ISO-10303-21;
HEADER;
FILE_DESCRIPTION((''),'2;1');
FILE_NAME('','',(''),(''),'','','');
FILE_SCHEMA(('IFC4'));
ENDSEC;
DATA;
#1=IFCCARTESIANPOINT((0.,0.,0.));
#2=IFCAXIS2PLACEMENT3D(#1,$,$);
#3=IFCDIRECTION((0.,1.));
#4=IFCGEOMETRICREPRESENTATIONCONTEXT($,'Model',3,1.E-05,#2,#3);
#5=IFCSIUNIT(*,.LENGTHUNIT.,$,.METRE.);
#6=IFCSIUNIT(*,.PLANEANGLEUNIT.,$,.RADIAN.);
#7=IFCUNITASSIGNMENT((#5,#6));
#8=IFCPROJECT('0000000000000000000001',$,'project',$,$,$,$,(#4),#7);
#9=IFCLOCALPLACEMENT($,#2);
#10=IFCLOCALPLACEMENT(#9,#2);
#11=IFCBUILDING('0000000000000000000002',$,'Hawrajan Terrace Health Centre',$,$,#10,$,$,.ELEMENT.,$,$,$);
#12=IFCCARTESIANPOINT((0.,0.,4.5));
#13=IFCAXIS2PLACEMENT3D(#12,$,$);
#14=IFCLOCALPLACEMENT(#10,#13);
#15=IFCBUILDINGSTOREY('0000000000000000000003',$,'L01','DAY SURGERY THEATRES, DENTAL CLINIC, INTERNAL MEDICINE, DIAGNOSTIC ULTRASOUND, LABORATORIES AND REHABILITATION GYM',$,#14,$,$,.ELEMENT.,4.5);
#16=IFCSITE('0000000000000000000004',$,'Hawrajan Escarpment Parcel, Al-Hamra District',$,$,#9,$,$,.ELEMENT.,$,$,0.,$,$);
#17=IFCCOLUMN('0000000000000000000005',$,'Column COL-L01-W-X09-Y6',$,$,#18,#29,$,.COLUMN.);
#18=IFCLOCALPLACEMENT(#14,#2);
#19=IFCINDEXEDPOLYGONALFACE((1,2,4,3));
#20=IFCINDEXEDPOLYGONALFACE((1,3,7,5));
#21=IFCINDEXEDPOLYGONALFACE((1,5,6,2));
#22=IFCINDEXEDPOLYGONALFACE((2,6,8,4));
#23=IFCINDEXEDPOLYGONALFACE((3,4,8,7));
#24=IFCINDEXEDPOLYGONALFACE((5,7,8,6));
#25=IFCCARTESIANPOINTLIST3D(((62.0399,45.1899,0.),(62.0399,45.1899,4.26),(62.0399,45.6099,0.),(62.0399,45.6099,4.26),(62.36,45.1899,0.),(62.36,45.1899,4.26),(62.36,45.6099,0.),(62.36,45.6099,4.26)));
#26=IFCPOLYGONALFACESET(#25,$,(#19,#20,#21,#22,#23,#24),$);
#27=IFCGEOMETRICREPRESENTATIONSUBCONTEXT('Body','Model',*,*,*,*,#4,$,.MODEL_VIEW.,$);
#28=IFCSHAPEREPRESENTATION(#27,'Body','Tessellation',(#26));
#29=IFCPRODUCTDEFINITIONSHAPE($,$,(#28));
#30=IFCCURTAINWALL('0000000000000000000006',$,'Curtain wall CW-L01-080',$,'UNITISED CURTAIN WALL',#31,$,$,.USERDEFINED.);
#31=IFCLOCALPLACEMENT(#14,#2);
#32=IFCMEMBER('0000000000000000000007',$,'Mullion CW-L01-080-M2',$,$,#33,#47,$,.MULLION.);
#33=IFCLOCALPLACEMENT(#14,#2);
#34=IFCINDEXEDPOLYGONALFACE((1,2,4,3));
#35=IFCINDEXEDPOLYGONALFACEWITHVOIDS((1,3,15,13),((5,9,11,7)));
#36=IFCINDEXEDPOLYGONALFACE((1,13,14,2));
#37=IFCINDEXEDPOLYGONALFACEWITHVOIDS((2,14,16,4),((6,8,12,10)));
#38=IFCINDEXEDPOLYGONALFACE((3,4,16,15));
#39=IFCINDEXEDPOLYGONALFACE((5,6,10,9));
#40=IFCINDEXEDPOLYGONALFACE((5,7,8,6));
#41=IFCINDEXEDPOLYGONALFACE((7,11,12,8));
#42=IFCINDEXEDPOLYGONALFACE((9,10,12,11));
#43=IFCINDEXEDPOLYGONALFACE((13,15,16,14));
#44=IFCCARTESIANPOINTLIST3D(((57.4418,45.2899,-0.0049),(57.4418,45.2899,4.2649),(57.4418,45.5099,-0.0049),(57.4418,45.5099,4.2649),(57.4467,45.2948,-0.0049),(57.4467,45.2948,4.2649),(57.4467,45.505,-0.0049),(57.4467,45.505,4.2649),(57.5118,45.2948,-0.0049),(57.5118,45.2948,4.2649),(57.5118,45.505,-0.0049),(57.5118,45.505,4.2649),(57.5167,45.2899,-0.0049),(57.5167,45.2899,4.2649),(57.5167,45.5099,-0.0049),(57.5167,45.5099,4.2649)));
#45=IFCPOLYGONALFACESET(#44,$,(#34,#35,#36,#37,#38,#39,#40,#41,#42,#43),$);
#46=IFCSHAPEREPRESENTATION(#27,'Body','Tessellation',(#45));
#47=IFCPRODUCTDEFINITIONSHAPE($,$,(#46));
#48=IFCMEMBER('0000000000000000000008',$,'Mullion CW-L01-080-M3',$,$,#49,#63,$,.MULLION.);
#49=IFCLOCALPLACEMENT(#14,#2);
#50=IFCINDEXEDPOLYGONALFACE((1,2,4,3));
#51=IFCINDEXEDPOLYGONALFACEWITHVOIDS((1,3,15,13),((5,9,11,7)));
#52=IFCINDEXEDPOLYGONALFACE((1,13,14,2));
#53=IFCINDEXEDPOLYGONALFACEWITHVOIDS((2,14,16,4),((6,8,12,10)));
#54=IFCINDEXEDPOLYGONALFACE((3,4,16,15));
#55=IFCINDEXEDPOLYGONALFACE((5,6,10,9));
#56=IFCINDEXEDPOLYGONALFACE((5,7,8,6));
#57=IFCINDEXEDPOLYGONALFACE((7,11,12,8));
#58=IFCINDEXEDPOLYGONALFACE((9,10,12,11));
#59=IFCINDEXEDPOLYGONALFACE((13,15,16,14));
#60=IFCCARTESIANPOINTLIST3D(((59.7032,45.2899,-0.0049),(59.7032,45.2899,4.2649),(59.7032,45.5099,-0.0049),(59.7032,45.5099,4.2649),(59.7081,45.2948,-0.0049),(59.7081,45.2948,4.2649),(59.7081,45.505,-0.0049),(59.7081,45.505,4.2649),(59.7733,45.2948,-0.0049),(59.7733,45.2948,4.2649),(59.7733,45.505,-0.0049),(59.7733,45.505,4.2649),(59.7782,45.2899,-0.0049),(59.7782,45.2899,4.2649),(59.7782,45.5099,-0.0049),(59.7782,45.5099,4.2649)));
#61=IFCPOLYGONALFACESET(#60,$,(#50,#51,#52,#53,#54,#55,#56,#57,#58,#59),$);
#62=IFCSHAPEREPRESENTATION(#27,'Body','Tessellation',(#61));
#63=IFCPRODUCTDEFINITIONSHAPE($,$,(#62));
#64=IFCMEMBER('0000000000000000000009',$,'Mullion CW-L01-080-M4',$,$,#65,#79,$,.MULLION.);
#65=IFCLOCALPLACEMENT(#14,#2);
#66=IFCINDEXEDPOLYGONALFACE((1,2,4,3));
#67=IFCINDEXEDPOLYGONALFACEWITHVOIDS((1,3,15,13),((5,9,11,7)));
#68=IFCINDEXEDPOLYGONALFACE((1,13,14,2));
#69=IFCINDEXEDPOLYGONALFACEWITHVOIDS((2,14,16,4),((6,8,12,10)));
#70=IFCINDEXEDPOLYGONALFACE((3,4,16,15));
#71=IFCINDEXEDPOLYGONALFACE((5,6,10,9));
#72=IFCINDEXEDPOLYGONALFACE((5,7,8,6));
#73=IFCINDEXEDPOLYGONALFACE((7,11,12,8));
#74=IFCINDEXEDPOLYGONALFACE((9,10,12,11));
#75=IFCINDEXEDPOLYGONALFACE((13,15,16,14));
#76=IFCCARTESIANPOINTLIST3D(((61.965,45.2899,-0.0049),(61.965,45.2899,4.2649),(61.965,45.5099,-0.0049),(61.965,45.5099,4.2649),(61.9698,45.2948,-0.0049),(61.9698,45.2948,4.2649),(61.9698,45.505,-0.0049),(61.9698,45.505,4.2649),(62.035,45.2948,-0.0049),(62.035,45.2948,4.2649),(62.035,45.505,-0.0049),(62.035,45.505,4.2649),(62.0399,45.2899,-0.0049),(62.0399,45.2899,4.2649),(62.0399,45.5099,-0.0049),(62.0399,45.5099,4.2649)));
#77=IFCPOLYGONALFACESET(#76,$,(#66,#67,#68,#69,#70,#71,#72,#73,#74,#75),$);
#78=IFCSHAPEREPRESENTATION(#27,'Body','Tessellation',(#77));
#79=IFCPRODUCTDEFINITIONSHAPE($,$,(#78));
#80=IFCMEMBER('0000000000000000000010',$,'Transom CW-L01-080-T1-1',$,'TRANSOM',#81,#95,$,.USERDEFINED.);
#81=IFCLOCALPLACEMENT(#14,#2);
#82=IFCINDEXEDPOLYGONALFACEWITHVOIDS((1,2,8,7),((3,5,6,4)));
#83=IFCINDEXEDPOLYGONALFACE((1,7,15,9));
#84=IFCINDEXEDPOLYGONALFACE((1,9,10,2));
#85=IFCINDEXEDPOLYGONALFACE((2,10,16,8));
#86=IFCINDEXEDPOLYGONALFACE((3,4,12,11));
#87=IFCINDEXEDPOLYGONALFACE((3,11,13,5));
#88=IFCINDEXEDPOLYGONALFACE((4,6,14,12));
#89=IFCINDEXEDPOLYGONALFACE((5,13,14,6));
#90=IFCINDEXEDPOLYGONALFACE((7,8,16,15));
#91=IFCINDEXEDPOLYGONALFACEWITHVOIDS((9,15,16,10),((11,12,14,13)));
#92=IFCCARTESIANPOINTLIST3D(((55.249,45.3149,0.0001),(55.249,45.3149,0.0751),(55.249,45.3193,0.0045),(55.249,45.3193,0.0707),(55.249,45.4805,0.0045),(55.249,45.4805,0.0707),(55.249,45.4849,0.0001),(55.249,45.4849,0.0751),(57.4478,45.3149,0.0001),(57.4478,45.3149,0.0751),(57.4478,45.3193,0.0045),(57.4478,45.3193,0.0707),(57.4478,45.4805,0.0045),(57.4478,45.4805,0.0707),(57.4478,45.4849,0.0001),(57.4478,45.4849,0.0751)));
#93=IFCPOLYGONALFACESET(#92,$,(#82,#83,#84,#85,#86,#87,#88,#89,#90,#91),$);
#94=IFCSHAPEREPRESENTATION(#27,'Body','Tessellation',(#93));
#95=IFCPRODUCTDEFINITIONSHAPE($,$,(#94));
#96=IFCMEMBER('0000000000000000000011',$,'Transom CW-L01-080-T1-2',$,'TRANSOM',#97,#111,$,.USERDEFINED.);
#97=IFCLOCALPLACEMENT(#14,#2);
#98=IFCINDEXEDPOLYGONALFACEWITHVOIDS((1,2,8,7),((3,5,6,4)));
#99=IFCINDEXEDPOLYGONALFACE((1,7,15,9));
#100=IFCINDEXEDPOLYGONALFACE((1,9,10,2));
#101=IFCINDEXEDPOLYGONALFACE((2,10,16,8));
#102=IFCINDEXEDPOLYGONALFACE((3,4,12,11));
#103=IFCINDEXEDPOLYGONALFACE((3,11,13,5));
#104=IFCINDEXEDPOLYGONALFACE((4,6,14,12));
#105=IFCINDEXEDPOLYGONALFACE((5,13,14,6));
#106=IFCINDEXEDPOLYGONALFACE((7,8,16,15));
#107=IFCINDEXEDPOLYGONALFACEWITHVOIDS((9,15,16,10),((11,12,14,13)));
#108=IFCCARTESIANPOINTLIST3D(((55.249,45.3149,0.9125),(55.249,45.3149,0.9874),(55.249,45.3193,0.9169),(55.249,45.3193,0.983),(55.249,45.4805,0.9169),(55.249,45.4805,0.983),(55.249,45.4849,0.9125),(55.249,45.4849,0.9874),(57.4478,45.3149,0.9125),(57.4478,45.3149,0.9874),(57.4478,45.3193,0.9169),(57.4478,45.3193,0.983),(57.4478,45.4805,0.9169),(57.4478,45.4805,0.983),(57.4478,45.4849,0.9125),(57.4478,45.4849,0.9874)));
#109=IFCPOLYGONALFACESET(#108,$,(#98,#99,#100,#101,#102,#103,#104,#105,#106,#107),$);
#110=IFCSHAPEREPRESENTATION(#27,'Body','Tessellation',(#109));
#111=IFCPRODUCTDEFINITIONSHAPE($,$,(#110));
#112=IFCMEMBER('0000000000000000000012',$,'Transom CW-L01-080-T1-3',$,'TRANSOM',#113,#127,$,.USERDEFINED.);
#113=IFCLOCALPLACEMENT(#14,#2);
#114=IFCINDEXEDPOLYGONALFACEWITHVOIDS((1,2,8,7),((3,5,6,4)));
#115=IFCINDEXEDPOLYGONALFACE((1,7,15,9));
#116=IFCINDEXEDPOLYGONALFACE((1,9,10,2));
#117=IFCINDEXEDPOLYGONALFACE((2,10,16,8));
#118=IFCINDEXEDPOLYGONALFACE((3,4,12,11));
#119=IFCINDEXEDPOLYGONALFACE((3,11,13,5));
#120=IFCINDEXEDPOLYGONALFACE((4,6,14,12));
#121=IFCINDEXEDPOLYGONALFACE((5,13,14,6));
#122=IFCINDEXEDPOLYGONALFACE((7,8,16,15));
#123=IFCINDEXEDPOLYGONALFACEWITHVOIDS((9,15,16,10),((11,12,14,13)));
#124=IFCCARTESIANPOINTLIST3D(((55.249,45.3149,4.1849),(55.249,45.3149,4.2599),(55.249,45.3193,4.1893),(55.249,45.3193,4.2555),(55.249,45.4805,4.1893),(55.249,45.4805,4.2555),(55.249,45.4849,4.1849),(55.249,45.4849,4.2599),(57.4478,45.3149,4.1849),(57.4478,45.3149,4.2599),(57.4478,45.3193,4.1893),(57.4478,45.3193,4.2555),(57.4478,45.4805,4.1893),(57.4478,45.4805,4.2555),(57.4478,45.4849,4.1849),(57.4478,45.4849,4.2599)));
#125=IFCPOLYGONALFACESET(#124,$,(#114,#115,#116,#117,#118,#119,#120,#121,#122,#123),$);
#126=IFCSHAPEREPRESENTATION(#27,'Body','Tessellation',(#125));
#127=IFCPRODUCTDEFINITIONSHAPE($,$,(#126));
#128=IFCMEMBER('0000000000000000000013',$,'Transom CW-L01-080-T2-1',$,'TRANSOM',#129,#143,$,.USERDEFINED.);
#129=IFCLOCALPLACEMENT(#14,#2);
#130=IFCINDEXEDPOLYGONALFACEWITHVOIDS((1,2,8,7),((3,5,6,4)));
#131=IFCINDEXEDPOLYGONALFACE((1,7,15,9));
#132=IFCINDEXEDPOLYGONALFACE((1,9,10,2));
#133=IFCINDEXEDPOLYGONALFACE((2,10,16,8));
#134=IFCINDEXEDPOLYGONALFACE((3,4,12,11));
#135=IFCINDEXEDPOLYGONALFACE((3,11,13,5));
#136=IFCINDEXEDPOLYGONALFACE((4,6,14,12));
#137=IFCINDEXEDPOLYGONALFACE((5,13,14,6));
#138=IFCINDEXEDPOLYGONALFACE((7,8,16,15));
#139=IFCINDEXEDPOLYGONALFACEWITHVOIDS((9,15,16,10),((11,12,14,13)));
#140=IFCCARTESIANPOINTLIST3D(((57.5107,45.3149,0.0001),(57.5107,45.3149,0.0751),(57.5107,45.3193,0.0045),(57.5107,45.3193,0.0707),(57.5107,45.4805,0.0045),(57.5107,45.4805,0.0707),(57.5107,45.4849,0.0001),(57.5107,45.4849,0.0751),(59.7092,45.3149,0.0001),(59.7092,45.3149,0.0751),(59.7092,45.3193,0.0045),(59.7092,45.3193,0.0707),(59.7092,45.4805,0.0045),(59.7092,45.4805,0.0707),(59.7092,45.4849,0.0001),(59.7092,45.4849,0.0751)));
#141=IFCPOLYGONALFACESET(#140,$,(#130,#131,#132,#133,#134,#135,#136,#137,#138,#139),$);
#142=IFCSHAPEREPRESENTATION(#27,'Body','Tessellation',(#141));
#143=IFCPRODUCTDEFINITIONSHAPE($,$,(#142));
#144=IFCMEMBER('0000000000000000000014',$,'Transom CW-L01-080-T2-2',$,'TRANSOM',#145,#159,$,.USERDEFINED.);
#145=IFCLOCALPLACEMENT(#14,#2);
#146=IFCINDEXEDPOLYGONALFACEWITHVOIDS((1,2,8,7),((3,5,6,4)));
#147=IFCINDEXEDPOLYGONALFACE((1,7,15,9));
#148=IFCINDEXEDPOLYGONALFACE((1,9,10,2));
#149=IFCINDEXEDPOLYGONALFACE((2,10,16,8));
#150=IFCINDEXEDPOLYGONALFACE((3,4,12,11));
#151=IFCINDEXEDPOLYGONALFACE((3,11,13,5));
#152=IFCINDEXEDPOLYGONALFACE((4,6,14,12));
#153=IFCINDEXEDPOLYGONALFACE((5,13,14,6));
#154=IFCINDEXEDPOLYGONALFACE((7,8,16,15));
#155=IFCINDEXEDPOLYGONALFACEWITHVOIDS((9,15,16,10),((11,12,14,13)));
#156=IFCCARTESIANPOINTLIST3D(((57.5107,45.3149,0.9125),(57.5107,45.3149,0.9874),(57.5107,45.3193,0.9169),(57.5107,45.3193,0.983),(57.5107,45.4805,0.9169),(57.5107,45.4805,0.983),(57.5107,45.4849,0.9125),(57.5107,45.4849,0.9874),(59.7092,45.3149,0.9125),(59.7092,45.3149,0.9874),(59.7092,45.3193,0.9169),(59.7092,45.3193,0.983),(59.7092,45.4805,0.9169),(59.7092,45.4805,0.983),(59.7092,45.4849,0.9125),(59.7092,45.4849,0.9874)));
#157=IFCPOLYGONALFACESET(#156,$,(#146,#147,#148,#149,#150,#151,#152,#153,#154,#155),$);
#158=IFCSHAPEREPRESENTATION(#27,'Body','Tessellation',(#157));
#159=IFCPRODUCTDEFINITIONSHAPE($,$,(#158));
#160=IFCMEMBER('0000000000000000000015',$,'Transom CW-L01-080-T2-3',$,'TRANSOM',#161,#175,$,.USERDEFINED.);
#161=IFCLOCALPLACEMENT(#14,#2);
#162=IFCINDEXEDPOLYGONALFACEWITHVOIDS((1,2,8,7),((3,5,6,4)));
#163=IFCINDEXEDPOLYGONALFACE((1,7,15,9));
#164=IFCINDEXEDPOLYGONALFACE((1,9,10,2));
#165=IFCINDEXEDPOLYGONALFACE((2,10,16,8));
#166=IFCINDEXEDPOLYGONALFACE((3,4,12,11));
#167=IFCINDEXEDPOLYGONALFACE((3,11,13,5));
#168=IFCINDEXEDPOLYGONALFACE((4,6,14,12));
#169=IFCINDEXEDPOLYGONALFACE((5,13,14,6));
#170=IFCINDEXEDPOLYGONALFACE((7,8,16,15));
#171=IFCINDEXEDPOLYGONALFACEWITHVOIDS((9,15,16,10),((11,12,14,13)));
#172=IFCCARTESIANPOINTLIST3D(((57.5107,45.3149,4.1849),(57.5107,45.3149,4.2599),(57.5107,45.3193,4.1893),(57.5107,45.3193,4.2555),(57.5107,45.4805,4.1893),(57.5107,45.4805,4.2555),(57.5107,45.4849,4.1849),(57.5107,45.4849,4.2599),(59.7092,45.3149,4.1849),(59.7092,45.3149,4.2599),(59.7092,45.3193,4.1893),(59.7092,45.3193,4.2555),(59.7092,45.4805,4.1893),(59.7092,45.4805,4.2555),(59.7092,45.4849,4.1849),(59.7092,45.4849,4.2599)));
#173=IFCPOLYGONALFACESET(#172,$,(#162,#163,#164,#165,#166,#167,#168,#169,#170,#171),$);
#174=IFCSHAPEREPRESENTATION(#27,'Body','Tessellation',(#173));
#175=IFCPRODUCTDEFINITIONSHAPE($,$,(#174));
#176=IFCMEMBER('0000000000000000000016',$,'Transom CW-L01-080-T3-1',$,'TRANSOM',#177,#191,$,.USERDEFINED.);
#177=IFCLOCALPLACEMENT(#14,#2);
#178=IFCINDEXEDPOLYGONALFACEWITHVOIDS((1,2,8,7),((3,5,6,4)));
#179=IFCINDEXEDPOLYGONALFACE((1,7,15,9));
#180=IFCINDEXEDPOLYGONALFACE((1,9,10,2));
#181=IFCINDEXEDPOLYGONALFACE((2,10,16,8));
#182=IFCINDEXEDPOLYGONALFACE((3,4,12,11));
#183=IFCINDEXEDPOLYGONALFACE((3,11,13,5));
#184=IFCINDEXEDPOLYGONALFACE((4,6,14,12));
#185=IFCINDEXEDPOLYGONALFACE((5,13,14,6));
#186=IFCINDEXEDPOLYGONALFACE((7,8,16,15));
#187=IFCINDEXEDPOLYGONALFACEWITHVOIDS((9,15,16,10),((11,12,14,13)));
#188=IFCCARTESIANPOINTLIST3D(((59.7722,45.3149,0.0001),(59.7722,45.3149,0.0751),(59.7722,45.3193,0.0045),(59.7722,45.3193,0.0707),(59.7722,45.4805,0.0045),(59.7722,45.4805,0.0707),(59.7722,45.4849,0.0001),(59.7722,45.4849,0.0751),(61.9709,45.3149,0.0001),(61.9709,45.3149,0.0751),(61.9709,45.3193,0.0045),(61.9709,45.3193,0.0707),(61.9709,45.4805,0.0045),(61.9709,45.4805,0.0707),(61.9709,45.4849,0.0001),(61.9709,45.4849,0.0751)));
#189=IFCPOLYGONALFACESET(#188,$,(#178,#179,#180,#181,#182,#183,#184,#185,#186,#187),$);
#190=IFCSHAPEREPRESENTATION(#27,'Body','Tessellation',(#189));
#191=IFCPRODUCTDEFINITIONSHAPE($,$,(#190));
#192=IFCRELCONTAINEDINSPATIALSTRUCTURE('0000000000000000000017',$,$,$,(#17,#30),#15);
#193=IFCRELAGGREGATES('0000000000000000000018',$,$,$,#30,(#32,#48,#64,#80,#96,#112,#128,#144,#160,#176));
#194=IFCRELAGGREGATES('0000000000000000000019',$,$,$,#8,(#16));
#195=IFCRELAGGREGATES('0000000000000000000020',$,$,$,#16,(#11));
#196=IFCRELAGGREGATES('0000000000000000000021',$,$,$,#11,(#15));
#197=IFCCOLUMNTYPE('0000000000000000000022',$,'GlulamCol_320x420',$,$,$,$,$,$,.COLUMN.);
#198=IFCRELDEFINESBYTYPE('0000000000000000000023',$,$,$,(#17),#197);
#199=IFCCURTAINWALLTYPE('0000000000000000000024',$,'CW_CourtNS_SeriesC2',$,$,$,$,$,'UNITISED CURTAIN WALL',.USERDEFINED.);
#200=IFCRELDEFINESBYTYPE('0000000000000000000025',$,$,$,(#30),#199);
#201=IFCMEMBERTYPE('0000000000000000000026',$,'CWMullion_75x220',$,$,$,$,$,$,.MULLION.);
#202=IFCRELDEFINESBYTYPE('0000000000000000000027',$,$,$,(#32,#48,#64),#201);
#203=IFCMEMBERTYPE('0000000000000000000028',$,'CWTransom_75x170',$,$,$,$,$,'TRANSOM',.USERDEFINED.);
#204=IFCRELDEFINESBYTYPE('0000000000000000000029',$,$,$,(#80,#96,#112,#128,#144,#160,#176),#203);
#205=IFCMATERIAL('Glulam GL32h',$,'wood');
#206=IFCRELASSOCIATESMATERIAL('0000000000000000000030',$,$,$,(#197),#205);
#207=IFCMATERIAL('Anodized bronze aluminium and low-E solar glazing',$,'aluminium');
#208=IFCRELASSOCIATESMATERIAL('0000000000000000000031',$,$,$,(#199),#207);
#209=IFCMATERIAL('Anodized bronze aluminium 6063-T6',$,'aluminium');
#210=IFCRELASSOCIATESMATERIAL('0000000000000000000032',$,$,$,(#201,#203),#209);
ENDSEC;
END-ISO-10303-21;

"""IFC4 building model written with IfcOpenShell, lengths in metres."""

from ifc_helpers import new_model, si_unit, direction, frame, origin, origin_2d, place, context, subcontext, project, spatial, rectangle, hollow_rectangle, extrude, material, material_profile, profile_set, type_object, element, aggregate, save


model = new_model("IFC4")

# Units and contexts
model_context = context("Model", 3, precision=1e-05, world=origin(), true_north=direction((0.0, 1.0)))
body_context = subcontext(model_context, "Body", "Model", "MODEL_VIEW")
ifc_project = project(units=[si_unit("LENGTHUNIT", "METRE"), si_unit("PLANEANGLEUNIT", "RADIAN")], contexts=[model_context])

# Site, building, storey
site_placement = place(None, origin())
site = spatial("IfcSite", under=ifc_project, at=site_placement, Name="Hawrajan Escarpment Parcel, Al-Hamra District", CompositionType="ELEMENT", RefElevation=0.0)
building_placement = place(site_placement, origin())
building = spatial("IfcBuilding", under=site, at=building_placement, Name="Hawrajan Terrace Health Centre", CompositionType="ELEMENT")
storey_placement = place(building_placement, frame((0.0, 0.0, 4.5)))
storey = spatial("IfcBuildingStorey", under=building, at=storey_placement, Name="L01", Description="DAY SURGERY THEATRES, DENTAL CLINIC, INTERNAL MEDICINE, DIAGNOSTIC ULTRASOUND, LABORATORIES AND REHABILITATION GYM", CompositionType="ELEMENT", Elevation=4.5)

# Column
ifc_material_1 = material(Name="Glulam GL32h", Category="wood")
ifc_material_profile_1 = material_profile(ifc_material_1, rectangle(XDim=0.3201, YDim=0.4199, at=origin_2d()), Name="GL 320x420")
ifc_profile_set_1 = profile_set([ifc_material_profile_1], Name="Glulam GL32h")
column_type = type_object("IfcColumnType", Name="GlulamCol_320x420", PredefinedType="COLUMN", material=ifc_profile_set_1)
column_placement = place(storey_placement, frame((62.2, 45.3999, 0.0), z_axis=(0.0, 0.0, 1.0), x_axis=(1.0, 0.0, 0.0)))
element("IfcColumn", 1, at=column_placement, inside=storey, type_object=column_type, Name="Column COL-L01-W-X09-Y6", PredefinedType="COLUMN", context=body_context, shape_type="SweptSolid", body=[
    extrude(rectangle(XDim=0.3201, YDim=0.4199, at=origin_2d()), origin(), (0.0, 0.0, 1.0), 4.26),
])

# Curtain wall, members
ifc_material_2 = material(Name="Anodized bronze aluminium and low-E solar glazing", Category="aluminium")
curtain_wall_type = type_object("IfcCurtainWallType", Name="CW_CourtNS_SeriesC2", ElementType="UNITISED CURTAIN WALL", PredefinedType="USERDEFINED", material=ifc_material_2)
curtain_wall_placement = place(storey_placement, origin())
curtain_wall = element("IfcCurtainWall", 2, at=curtain_wall_placement, inside=storey, type_object=curtain_wall_type, Name="Curtain wall CW-L01-080", ObjectType="UNITISED CURTAIN WALL", PredefinedType="USERDEFINED")
ifc_material_3 = material(Name="Anodized bronze aluminium 6063-T6", Category="aluminium")
ifc_material_profile_2 = material_profile(ifc_material_3, hollow_rectangle(XDim=0.075, YDim=0.22, WallThickness=0.0049, at=origin_2d()), Name="CW MUL 75x220")
ifc_profile_set_2 = profile_set([ifc_material_profile_2], Name="Anodized bronze aluminium 6063-T6")
member_type_1 = type_object("IfcMemberType", Name="CWMullion_75x220", PredefinedType="MULLION", material=ifc_profile_set_2)
member_1_placement = place(storey_placement, frame((57.4792, 45.3999, -0.0049), z_axis=(0.0, 0.0, 1.0), x_axis=(1.0, 0.0, 0.0)))
member_1 = element("IfcMember", 3, at=member_1_placement, type_object=member_type_1, Name="Mullion CW-L01-080-M2", PredefinedType="MULLION", context=body_context, shape_type="SweptSolid", body=[
    extrude(hollow_rectangle(XDim=0.075, YDim=0.22, WallThickness=0.0049, at=origin_2d()), origin(), (0.0, 0.0, 1.0), 4.2698),
])
member_2_placement = place(storey_placement, frame((59.7407, 45.3999, -0.0049), z_axis=(0.0, 0.0, 1.0), x_axis=(1.0, 0.0, 0.0)))
member_2 = element("IfcMember", 4, at=member_2_placement, type_object=member_type_1, Name="Mullion CW-L01-080-M3", PredefinedType="MULLION", context=body_context, shape_type="SweptSolid", body=[
    extrude(hollow_rectangle(XDim=0.075, YDim=0.22, WallThickness=0.0049, at=origin_2d()), origin(), (0.0, 0.0, 1.0), 4.2698),
])
member_3_placement = place(storey_placement, frame((62.0024, 45.3999, -0.0049), z_axis=(0.0, 0.0, 1.0), x_axis=(1.0, 0.0, 0.0)))
member_3 = element("IfcMember", 5, at=member_3_placement, type_object=member_type_1, Name="Mullion CW-L01-080-M4", PredefinedType="MULLION", context=body_context, shape_type="SweptSolid", body=[
    extrude(hollow_rectangle(XDim=0.075, YDim=0.22, WallThickness=0.0049, at=origin_2d()), origin(), (0.0, 0.0, 1.0), 4.2698),
])
ifc_material_profile_3 = material_profile(ifc_material_3, hollow_rectangle(XDim=0.075, YDim=0.1699, WallThickness=0.0044, at=origin_2d()), Name="CW TRN 75x170")
ifc_profile_set_3 = profile_set([ifc_material_profile_3], Name="Anodized bronze aluminium 6063-T6")
member_type_2 = type_object("IfcMemberType", Name="CWTransom_75x170", ElementType="TRANSOM", PredefinedType="USERDEFINED", material=ifc_profile_set_3)
member_4_placement = place(storey_placement, frame((55.249, 45.3999, 0.0376), z_axis=(1.0, 0.0, 0.0), x_axis=(0.0, 0.0, 1.0)))
member_4 = element("IfcMember", 6, at=member_4_placement, type_object=member_type_2, Name="Transom CW-L01-080-T1-1", ObjectType="TRANSOM", PredefinedType="USERDEFINED", context=body_context, shape_type="SweptSolid", body=[
    extrude(hollow_rectangle(XDim=0.075, YDim=0.1699, WallThickness=0.0044, at=origin_2d()), origin(), (0.0, 0.0, 1.0), 2.1987),
])
member_5_placement = place(storey_placement, frame((55.249, 45.3999, 0.95), z_axis=(1.0, 0.0, 0.0), x_axis=(0.0, 0.0, 1.0)))
member_5 = element("IfcMember", 7, at=member_5_placement, type_object=member_type_2, Name="Transom CW-L01-080-T1-2", ObjectType="TRANSOM", PredefinedType="USERDEFINED", context=body_context, shape_type="SweptSolid", body=[
    extrude(hollow_rectangle(XDim=0.075, YDim=0.1699, WallThickness=0.0044, at=origin_2d()), origin(), (0.0, 0.0, 1.0), 2.1987),
])
member_6_placement = place(storey_placement, frame((55.249, 45.3999, 4.2224), z_axis=(1.0, 0.0, 0.0), x_axis=(0.0, 0.0, 1.0)))
member_6 = element("IfcMember", 8, at=member_6_placement, type_object=member_type_2, Name="Transom CW-L01-080-T1-3", ObjectType="TRANSOM", PredefinedType="USERDEFINED", context=body_context, shape_type="SweptSolid", body=[
    extrude(hollow_rectangle(XDim=0.075, YDim=0.1699, WallThickness=0.0044, at=origin_2d()), origin(), (0.0, 0.0, 1.0), 2.1987),
])
member_7_placement = place(storey_placement, frame((57.5107, 45.3999, 0.0376), z_axis=(1.0, 0.0, 0.0), x_axis=(0.0, 0.0, 1.0)))
member_7 = element("IfcMember", 9, at=member_7_placement, type_object=member_type_2, Name="Transom CW-L01-080-T2-1", ObjectType="TRANSOM", PredefinedType="USERDEFINED", context=body_context, shape_type="SweptSolid", body=[
    extrude(hollow_rectangle(XDim=0.075, YDim=0.1699, WallThickness=0.0044, at=origin_2d()), origin(), (0.0, 0.0, 1.0), 2.1985),
])
member_8_placement = place(storey_placement, frame((57.5107, 45.3999, 0.95), z_axis=(1.0, 0.0, 0.0), x_axis=(0.0, 0.0, 1.0)))
member_8 = element("IfcMember", 10, at=member_8_placement, type_object=member_type_2, Name="Transom CW-L01-080-T2-2", ObjectType="TRANSOM", PredefinedType="USERDEFINED", context=body_context, shape_type="SweptSolid", body=[
    extrude(hollow_rectangle(XDim=0.075, YDim=0.1699, WallThickness=0.0044, at=origin_2d()), origin(), (0.0, 0.0, 1.0), 2.1985),
])
member_9_placement = place(storey_placement, frame((57.5107, 45.3999, 4.2224), z_axis=(1.0, 0.0, 0.0), x_axis=(0.0, 0.0, 1.0)))
member_9 = element("IfcMember", 11, at=member_9_placement, type_object=member_type_2, Name="Transom CW-L01-080-T2-3", ObjectType="TRANSOM", PredefinedType="USERDEFINED", context=body_context, shape_type="SweptSolid", body=[
    extrude(hollow_rectangle(XDim=0.075, YDim=0.1699, WallThickness=0.0044, at=origin_2d()), origin(), (0.0, 0.0, 1.0), 2.1985),
])
member_10_placement = place(storey_placement, frame((59.7722, 45.3999, 0.0376), z_axis=(1.0, 0.0, 0.0), x_axis=(0.0, 0.0, 1.0)))
member_10 = element("IfcMember", 12, at=member_10_placement, type_object=member_type_2, Name="Transom CW-L01-080-T3-1", ObjectType="TRANSOM", PredefinedType="USERDEFINED", context=body_context, shape_type="SweptSolid", body=[
    extrude(hollow_rectangle(XDim=0.075, YDim=0.1699, WallThickness=0.0044, at=origin_2d()), origin(), (0.0, 0.0, 1.0), 2.1987),
])

aggregate(curtain_wall, [member_1, member_2, member_3, member_4, member_5, member_6, member_7, member_8, member_9, member_10])

save(model, "model.ifc")
